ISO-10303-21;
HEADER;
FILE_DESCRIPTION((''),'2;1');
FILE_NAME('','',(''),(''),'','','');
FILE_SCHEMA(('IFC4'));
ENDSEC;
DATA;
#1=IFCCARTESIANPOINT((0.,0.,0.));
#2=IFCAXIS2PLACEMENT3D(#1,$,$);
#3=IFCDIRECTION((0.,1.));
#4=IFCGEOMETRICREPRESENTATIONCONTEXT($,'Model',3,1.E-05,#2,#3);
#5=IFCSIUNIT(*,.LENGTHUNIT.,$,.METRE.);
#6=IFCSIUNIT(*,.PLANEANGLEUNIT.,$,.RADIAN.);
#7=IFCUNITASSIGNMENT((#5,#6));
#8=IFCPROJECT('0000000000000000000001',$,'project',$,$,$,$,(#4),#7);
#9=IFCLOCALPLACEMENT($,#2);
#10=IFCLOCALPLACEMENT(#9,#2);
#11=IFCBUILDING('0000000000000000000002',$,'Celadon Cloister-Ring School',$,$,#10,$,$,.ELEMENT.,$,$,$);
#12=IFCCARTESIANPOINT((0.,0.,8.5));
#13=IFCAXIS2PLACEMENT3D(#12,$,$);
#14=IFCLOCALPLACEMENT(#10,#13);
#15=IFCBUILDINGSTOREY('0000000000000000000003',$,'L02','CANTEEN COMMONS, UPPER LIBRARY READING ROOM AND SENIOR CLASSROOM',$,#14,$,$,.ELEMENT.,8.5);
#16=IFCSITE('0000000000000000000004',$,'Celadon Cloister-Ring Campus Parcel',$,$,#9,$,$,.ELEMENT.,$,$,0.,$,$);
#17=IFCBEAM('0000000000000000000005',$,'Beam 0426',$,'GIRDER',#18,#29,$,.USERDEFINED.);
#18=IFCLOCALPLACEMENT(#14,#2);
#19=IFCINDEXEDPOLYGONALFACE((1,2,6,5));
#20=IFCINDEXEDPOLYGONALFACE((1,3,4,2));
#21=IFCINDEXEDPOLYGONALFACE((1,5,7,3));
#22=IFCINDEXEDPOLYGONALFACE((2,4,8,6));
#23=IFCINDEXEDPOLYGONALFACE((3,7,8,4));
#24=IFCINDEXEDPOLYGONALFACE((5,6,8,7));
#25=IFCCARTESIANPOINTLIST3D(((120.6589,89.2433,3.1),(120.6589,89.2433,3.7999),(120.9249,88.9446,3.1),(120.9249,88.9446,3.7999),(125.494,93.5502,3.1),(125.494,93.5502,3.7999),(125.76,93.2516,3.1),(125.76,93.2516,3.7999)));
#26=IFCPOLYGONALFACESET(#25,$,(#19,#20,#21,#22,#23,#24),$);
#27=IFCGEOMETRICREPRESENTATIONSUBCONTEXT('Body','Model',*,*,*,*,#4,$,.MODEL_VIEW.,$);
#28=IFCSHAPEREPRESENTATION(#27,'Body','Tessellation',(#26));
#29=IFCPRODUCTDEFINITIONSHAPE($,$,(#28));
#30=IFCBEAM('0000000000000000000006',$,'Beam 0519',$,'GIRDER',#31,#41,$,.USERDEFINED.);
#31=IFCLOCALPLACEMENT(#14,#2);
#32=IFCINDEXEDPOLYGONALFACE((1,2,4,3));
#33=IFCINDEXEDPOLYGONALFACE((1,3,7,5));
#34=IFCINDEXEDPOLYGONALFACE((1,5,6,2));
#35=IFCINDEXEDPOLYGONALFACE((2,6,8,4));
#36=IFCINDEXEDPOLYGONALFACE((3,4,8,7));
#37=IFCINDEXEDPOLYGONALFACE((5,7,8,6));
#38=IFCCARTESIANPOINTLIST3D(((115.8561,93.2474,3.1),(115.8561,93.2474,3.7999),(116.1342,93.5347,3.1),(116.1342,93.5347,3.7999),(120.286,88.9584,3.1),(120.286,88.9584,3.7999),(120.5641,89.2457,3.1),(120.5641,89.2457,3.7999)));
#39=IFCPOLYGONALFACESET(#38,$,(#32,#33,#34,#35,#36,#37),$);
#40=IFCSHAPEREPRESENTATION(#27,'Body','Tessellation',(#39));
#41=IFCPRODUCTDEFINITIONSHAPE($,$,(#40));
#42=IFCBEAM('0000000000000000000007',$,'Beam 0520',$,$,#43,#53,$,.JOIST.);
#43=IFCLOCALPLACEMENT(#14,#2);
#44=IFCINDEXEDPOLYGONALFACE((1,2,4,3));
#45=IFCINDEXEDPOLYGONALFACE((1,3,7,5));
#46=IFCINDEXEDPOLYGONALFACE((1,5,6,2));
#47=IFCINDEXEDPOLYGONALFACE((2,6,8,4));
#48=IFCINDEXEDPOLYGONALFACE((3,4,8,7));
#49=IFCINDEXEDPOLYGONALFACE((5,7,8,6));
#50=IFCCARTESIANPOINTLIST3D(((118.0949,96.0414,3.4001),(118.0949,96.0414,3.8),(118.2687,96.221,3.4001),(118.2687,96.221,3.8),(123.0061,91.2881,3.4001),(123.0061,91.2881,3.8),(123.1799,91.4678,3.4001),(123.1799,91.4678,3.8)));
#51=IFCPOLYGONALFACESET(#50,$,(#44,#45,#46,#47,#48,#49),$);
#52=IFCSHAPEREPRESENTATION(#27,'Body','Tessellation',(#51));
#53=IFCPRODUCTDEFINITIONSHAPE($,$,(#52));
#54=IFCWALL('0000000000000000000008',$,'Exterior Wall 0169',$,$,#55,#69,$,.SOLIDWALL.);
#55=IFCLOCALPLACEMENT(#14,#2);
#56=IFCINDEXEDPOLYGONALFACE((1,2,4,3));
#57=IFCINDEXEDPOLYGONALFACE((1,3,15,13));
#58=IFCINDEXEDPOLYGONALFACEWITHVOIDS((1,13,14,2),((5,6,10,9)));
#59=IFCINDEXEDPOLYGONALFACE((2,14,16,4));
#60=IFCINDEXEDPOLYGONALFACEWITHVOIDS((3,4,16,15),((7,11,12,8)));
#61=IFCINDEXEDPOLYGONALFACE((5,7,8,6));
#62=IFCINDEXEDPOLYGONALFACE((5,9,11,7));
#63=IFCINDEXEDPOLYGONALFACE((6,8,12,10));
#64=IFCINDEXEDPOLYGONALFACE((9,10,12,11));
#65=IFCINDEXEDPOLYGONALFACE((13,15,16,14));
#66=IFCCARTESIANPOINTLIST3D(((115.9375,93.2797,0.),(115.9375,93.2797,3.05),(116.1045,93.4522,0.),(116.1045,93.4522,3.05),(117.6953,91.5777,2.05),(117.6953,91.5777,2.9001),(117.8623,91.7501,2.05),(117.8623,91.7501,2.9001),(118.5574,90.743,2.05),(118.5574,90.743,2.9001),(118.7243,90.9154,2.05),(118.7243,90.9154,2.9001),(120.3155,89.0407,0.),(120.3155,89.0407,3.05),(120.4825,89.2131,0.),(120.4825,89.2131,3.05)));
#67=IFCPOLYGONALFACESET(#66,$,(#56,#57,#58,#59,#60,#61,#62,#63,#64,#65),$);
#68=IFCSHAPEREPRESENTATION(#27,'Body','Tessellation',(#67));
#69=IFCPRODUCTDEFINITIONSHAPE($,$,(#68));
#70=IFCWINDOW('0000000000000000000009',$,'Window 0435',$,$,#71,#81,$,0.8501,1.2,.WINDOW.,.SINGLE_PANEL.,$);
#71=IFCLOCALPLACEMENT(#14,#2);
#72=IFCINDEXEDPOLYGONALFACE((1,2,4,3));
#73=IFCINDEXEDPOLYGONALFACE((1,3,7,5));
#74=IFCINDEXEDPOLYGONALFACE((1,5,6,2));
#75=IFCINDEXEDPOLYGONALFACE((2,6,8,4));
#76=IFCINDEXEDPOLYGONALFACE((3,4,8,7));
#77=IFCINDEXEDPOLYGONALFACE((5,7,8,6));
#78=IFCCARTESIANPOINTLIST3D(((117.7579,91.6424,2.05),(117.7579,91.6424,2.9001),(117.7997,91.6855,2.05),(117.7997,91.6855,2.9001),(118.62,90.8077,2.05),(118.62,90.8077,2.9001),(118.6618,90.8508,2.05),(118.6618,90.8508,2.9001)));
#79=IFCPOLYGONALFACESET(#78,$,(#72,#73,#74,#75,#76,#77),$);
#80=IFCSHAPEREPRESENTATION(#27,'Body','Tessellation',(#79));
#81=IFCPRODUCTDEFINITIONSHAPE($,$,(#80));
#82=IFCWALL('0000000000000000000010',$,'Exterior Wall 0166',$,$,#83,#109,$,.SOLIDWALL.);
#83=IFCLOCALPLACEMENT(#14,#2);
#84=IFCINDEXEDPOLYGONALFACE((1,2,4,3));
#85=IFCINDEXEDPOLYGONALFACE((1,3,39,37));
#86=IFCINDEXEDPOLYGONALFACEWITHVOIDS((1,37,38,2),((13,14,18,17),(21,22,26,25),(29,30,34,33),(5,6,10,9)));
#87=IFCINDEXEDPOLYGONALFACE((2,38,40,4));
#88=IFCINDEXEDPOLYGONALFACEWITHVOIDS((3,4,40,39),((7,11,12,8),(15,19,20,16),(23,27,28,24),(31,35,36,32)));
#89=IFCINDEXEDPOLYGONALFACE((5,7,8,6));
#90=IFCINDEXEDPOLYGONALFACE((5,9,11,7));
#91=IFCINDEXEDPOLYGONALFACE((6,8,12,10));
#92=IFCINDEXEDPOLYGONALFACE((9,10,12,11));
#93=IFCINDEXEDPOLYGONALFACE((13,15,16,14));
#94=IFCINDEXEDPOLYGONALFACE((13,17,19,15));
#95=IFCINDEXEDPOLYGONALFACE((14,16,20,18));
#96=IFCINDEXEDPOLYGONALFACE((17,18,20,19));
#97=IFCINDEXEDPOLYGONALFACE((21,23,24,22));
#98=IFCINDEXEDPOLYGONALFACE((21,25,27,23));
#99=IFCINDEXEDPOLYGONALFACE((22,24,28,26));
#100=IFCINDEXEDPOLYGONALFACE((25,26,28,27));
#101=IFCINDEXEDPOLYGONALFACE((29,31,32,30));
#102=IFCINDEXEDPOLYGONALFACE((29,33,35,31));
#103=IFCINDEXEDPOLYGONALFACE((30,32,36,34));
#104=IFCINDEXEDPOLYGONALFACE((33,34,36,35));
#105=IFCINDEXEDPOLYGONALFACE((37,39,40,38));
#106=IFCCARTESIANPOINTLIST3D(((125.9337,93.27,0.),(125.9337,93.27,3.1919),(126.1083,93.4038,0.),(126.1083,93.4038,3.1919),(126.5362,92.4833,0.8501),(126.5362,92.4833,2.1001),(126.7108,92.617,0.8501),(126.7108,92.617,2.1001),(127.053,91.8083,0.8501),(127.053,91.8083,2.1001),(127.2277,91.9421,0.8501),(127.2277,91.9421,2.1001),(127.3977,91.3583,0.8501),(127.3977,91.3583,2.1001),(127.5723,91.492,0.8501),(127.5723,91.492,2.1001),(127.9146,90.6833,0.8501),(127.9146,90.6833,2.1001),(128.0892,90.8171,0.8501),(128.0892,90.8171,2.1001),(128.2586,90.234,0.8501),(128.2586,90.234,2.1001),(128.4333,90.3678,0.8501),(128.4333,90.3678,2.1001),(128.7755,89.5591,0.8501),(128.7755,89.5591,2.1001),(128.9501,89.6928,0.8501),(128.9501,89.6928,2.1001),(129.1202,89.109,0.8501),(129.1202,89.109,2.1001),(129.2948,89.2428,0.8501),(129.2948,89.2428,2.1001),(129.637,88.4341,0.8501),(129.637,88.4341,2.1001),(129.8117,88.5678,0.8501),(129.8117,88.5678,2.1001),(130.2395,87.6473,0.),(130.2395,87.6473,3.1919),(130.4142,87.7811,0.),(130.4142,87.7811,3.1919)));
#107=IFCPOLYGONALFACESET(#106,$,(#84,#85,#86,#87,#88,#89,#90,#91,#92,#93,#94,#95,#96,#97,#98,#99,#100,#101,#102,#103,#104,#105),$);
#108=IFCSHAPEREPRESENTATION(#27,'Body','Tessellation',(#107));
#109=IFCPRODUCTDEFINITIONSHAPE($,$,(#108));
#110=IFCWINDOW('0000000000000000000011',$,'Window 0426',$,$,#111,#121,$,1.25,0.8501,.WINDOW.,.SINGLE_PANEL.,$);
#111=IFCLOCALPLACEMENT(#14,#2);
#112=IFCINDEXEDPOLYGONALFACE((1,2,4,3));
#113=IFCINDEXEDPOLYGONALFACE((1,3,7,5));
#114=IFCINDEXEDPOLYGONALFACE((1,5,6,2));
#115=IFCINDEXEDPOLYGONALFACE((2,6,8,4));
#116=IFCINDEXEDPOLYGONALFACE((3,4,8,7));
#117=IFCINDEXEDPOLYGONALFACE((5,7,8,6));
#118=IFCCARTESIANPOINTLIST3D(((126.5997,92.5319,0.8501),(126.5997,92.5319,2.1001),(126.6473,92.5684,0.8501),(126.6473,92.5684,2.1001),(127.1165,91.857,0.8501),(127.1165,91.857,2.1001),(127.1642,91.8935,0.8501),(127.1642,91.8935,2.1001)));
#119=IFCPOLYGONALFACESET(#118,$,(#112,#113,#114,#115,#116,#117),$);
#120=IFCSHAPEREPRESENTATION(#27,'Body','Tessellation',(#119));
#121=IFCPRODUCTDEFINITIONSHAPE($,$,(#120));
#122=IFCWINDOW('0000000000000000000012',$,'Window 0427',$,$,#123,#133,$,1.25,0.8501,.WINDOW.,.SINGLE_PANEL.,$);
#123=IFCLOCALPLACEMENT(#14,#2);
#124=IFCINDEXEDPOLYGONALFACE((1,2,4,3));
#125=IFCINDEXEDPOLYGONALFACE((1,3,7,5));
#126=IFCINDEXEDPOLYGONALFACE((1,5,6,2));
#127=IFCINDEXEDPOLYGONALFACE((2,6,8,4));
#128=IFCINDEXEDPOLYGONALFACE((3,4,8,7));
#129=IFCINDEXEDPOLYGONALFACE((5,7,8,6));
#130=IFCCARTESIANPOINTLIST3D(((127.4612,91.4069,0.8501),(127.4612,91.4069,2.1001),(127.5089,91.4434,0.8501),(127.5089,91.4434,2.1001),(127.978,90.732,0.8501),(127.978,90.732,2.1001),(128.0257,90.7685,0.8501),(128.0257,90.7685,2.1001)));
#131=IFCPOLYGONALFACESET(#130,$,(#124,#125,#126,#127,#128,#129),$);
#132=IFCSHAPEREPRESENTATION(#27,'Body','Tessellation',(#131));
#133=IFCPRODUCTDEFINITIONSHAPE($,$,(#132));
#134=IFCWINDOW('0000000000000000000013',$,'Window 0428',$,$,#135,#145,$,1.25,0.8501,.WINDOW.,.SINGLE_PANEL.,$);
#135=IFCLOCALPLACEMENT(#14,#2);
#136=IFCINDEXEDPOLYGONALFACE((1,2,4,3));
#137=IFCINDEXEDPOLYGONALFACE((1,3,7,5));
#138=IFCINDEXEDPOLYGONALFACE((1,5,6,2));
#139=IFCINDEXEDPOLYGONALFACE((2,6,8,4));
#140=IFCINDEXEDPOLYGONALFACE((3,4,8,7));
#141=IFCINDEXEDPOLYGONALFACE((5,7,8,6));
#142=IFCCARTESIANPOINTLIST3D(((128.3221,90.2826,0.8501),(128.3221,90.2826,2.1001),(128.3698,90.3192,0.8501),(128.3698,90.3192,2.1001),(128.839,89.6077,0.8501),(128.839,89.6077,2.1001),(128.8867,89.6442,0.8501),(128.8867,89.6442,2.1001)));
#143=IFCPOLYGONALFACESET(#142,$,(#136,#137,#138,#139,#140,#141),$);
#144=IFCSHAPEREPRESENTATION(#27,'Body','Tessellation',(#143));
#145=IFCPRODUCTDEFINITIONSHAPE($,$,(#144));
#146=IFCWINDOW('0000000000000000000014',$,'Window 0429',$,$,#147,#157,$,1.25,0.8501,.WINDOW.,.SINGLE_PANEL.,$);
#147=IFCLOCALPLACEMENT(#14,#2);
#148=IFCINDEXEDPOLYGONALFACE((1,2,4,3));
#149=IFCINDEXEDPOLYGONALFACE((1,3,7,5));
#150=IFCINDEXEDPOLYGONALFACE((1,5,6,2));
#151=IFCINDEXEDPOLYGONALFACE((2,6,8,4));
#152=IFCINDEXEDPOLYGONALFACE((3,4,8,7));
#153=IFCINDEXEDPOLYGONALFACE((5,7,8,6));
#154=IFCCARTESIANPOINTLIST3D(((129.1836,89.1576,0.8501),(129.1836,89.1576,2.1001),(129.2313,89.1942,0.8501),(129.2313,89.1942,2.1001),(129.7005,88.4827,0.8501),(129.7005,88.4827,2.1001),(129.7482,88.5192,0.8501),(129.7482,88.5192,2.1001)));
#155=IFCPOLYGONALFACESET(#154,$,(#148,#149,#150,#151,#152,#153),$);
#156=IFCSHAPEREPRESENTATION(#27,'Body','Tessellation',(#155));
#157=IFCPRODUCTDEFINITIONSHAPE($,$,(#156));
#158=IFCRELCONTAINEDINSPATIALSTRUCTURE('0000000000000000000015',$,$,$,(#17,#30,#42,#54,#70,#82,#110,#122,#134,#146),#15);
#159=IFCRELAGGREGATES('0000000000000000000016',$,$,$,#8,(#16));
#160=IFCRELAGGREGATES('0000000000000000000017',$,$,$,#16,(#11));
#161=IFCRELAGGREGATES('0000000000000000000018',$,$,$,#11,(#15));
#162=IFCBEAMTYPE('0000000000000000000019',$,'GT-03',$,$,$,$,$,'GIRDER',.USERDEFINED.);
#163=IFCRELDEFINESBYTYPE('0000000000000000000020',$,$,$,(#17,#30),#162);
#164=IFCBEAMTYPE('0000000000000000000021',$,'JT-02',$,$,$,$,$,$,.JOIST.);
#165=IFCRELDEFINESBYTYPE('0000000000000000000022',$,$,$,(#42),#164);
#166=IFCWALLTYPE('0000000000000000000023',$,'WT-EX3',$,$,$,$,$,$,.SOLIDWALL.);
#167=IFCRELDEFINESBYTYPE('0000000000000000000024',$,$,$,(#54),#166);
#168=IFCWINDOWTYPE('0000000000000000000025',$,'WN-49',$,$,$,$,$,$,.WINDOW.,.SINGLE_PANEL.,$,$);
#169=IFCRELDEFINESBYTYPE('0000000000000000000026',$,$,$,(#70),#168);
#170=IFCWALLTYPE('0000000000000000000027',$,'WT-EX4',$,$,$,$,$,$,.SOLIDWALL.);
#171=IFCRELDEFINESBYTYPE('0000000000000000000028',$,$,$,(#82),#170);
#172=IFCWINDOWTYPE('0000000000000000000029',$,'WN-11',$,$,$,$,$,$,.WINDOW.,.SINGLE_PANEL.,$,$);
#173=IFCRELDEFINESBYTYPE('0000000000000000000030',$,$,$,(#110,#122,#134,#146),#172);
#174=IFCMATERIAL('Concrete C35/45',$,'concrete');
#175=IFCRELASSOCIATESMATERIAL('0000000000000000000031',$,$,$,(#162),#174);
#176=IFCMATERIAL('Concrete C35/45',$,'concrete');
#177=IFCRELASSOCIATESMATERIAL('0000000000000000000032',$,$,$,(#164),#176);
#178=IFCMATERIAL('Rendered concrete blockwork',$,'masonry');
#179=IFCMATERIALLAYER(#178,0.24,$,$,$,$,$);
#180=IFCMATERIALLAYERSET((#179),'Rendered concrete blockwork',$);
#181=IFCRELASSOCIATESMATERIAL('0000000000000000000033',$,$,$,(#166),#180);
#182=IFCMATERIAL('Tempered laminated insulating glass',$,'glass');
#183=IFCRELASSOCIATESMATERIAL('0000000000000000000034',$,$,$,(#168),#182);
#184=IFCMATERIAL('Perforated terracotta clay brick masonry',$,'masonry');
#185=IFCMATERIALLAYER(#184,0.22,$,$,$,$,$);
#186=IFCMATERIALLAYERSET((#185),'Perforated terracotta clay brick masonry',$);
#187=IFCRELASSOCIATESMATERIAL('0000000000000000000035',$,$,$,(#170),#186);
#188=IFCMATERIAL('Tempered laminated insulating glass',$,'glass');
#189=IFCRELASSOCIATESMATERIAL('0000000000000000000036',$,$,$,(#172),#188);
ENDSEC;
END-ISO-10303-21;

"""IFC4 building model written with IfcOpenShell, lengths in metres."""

from ifc_helpers import new_model, si_unit, direction, frame, frame_2d, origin, origin_2d, place, context, subcontext, project, spatial, rectangle, extrude, material, layer, layer_set, material_profile, profile_set, type_object, element, fill, save


model = new_model("IFC4")

# Units and contexts
model_context = context("Model", 3, precision=1e-05, world=origin(), true_north=direction((0.0, 1.0)))
body_context = subcontext(model_context, "Body", "Model", "MODEL_VIEW")
ifc_project = project(units=[si_unit("LENGTHUNIT", "METRE"), si_unit("PLANEANGLEUNIT", "RADIAN")], contexts=[model_context])

# Site, building, storey
site_placement = place(None, origin())
site = spatial("IfcSite", under=ifc_project, at=site_placement, Name="Celadon Cloister-Ring Campus Parcel", CompositionType="ELEMENT", RefElevation=0.0)
building_placement = place(site_placement, origin())
building = spatial("IfcBuilding", under=site, at=building_placement, Name="Celadon Cloister-Ring School", CompositionType="ELEMENT")
storey_placement = place(building_placement, frame((0.0, 0.0, 8.5)))
storey = spatial("IfcBuildingStorey", under=building, at=storey_placement, Name="L02", Description="CANTEEN COMMONS, UPPER LIBRARY READING ROOM AND SENIOR CLASSROOM", CompositionType="ELEMENT", Elevation=8.5)

# Beams
ifc_material_1 = material(Name="Concrete C35/45", Category="concrete")
ifc_material_profile_1 = material_profile(ifc_material_1, rectangle(XDim=0.3999, YDim=0.7, at=origin_2d()), Name="RC400X700")
ifc_profile_set_1 = profile_set([ifc_material_profile_1], Name="Concrete C35/45")
beam_type_1 = type_object("IfcBeamType", Name="GT-03", ElementType="GIRDER", PredefinedType="USERDEFINED", material=ifc_profile_set_1)
beam_1_placement = place(storey_placement, frame((125.627, 93.4009, 3.45), z_axis=(-0.746708, -0.665152, 0.0), x_axis=(0.665152, -0.746708, 0.0)))
element("IfcBeam", 1, at=beam_1_placement, inside=storey, type_object=beam_type_1, Name="Beam 0426", ObjectType="GIRDER", PredefinedType="USERDEFINED", context=body_context, shape_type="SweptSolid", body=[
    extrude(rectangle(XDim=0.3999, YDim=0.7, at=origin_2d()), origin(), (0.0, 0.0, 1.0), 6.4751),
])
beam_2_placement = place(storey_placement, frame((120.425, 89.1021, 3.45), z_axis=(-0.718437, 0.695592, 0.0), x_axis=(-0.695592, -0.718437, 0.0)))
element("IfcBeam", 2, at=beam_2_placement, inside=storey, type_object=beam_type_1, Name="Beam 0519", ObjectType="GIRDER", PredefinedType="USERDEFINED", context=body_context, shape_type="SweptSolid", body=[
    extrude(rectangle(XDim=0.3999, YDim=0.7, at=origin_2d()), origin(), (0.0, 0.0, 1.0), 6.166),
])
ifc_material_2 = material(Name="Concrete C35/45", Category="concrete")
ifc_material_profile_2 = material_profile(ifc_material_2, rectangle(XDim=0.25, YDim=0.3999, at=origin_2d()), Name="RC250X400")
ifc_profile_set_2 = profile_set([ifc_material_profile_2], Name="Concrete C35/45")
beam_type_2 = type_object("IfcBeamType", Name="JT-02", PredefinedType="JOIST", material=ifc_profile_set_2)
beam_3_placement = place(storey_placement, frame((123.093, 91.3779, 3.6001), z_axis=(-0.718568, 0.695457, 0.0), x_axis=(-0.695457, -0.718568, 0.0)))
element("IfcBeam", 3, at=beam_3_placement, inside=storey, type_object=beam_type_2, Name="Beam 0520", PredefinedType="JOIST", context=body_context, shape_type="SweptSolid", body=[
    extrude(rectangle(XDim=0.25, YDim=0.3999, at=origin_2d()), origin(), (0.0, 0.0, 1.0), 6.8347),
])

# Wall, opening, window
ifc_material_3 = material(Name="Rendered concrete blockwork", Category="masonry")
ifc_layer_1 = layer(ifc_material_3, 0.24)
ifc_layer_set_1 = layer_set([ifc_layer_1], Name="Rendered concrete blockwork")
wall_type_1 = type_object("IfcWallType", Name="WT-EX3", PredefinedType="SOLIDWALL", material=ifc_layer_set_1)
wall_1_placement = place(storey_placement, frame((120.3989, 89.127, 0.0), z_axis=(0.0, 0.0, 1.0), x_axis=(-0.718413, 0.695617, 0.0)))
wall_1 = element("IfcWall", 4, at=wall_1_placement, inside=storey, type_object=wall_type_1, Name="Exterior Wall 0169", PredefinedType="SOLIDWALL", context=body_context, shape_type="SweptSolid", body=[
    extrude(rectangle(XDim=6.094, YDim=0.24, at=frame_2d((3.0469, 0.0))), origin(), (0.0, 0.0, 1.0), 3.05),
])
opening_1_placement = place(wall_1_placement, frame((2.447, 0.0, 2.05)))
opening_1 = element("IfcOpeningElement", 5, at=opening_1_placement, cuts=wall_1, PredefinedType="OPENING", context=body_context, shape_type="SweptSolid", body=[
    extrude(rectangle(XDim=1.2, YDim=0.8501, at=frame_2d((0.6001, 0.425))), frame((0.0, 0.1299, 0.0), z_axis=(0.0, -1.0, 0.0), x_axis=(1.0, 0.0, 0.0)), (0.0, 0.0, 1.0), 0.26),
])
ifc_material_4 = material(Name="Tempered laminated insulating glass", Category="glass")
window_type_1 = type_object("IfcWindowType", Name="WN-49", PartitioningType="SINGLE_PANEL", PredefinedType="WINDOW", material=ifc_material_4)
window_1_placement = place(opening_1_placement, origin())
window_1 = element("IfcWindow", 6, at=window_1_placement, inside=storey, type_object=window_type_1, Name="Window 0435", OverallHeight=0.8501, OverallWidth=1.2, PartitioningType="SINGLE_PANEL", PredefinedType="WINDOW", context=body_context, shape_type="SweptSolid", body=[
    extrude(rectangle(XDim=1.2, YDim=0.8501, at=frame_2d((0.6001, 0.425))), frame((0.0, 0.03, 0.0), z_axis=(0.0, -1.0, 0.0), x_axis=(1.0, 0.0, 0.0)), (0.0, 0.0, 1.0), 0.0601),
])
fill(opening_1, window_1)

# Wall, openings, windows
ifc_material_5 = material(Name="Perforated terracotta clay brick masonry", Category="masonry")
ifc_layer_2 = layer(ifc_material_5, 0.22)
ifc_layer_set_2 = layer_set([ifc_layer_2], Name="Perforated terracotta clay brick masonry")
wall_type_2 = type_object("IfcWallType", Name="WT-EX4", PredefinedType="SOLIDWALL", material=ifc_layer_set_2)
wall_2_placement = place(storey_placement, frame((126.021, 93.3369, 0.0), z_axis=(0.0, 0.0, 1.0), x_axis=(0.607995, -0.793941, 0.0)))
wall_2 = element("IfcWall", 7, at=wall_2_placement, inside=storey, type_object=wall_type_2, Name="Exterior Wall 0166", PredefinedType="SOLIDWALL", context=body_context, shape_type="SweptSolid", body=[
    extrude(rectangle(XDim=7.082, YDim=0.22, at=frame_2d((3.541, 0.0))), origin(), (0.0, 0.0, 1.0), 3.1919),
])
opening_2_placement = place(wall_2_placement, frame((0.991, 0.0, 0.8501)))
opening_2 = element("IfcOpeningElement", 8, at=opening_2_placement, cuts=wall_2, PredefinedType="OPENING", context=body_context, shape_type="SweptSolid", body=[
    extrude(rectangle(XDim=0.8501, YDim=1.25, at=frame_2d((0.425, 0.625))), frame((0.0, 0.1201, 0.0), z_axis=(0.0, -1.0, 0.0), x_axis=(1.0, 0.0, 0.0)), (0.0, 0.0, 1.0), 0.24),
])
opening_3_placement = place(wall_2_placement, frame((2.408, 0.0, 0.8501)))
opening_3 = element("IfcOpeningElement", 9, at=opening_3_placement, cuts=wall_2, PredefinedType="OPENING", context=body_context, shape_type="SweptSolid", body=[
    extrude(rectangle(XDim=0.8501, YDim=1.25, at=frame_2d((0.425, 0.625))), frame((0.0, 0.1201, 0.0), z_axis=(0.0, -1.0, 0.0), x_axis=(1.0, 0.0, 0.0)), (0.0, 0.0, 1.0), 0.24),
])
opening_4_placement = place(wall_2_placement, frame((3.824, 0.0, 0.8501)))
opening_4 = element("IfcOpeningElement", 10, at=opening_4_placement, cuts=wall_2, PredefinedType="OPENING", context=body_context, shape_type="SweptSolid", body=[
    extrude(rectangle(XDim=0.8501, YDim=1.25, at=frame_2d((0.425, 0.625))), frame((0.0, 0.1201, 0.0), z_axis=(0.0, -1.0, 0.0), x_axis=(1.0, 0.0, 0.0)), (0.0, 0.0, 1.0), 0.24),
])
opening_5_placement = place(wall_2_placement, frame((5.241, 0.0, 0.8501)))
opening_5 = element("IfcOpeningElement", 11, at=opening_5_placement, cuts=wall_2, PredefinedType="OPENING", context=body_context, shape_type="SweptSolid", body=[
    extrude(rectangle(XDim=0.8501, YDim=1.25, at=frame_2d((0.425, 0.625))), frame((0.0, 0.1201, 0.0), z_axis=(0.0, -1.0, 0.0), x_axis=(1.0, 0.0, 0.0)), (0.0, 0.0, 1.0), 0.24),
])
ifc_material_6 = material(Name="Tempered laminated insulating glass", Category="glass")
window_type_2 = type_object("IfcWindowType", Name="WN-11", PartitioningType="SINGLE_PANEL", PredefinedType="WINDOW", material=ifc_material_6)
window_2_placement = place(opening_2_placement, origin())
window_2 = element("IfcWindow", 12, at=window_2_placement, inside=storey, type_object=window_type_2, Name="Window 0426", OverallHeight=1.25, OverallWidth=0.8501, PartitioningType="SINGLE_PANEL", PredefinedType="WINDOW", context=body_context, shape_type="SweptSolid", body=[
    extrude(rectangle(XDim=0.8501, YDim=1.25, at=frame_2d((0.425, 0.625))), frame((0.0, 0.03, 0.0), z_axis=(0.0, -1.0, 0.0), x_axis=(1.0, 0.0, 0.0)), (0.0, 0.0, 1.0), 0.0601),
])
fill(opening_2, window_2)
window_3_placement = place(opening_3_placement, origin())
window_3 = element("IfcWindow", 13, at=window_3_placement, inside=storey, type_object=window_type_2, Name="Window 0427", OverallHeight=1.25, OverallWidth=0.8501, PartitioningType="SINGLE_PANEL", PredefinedType="WINDOW", context=body_context, shape_type="SweptSolid", body=[
    extrude(rectangle(XDim=0.8501, YDim=1.25, at=frame_2d((0.425, 0.625))), frame((0.0, 0.03, 0.0), z_axis=(0.0, -1.0, 0.0), x_axis=(1.0, 0.0, 0.0)), (0.0, 0.0, 1.0), 0.0601),
])
fill(opening_3, window_3)
window_4_placement = place(opening_4_placement, origin())
window_4 = element("IfcWindow", 14, at=window_4_placement, inside=storey, type_object=window_type_2, Name="Window 0428", OverallHeight=1.25, OverallWidth=0.8501, PartitioningType="SINGLE_PANEL", PredefinedType="WINDOW", context=body_context, shape_type="SweptSolid", body=[
    extrude(rectangle(XDim=0.8501, YDim=1.25, at=frame_2d((0.425, 0.625))), frame((0.0, 0.03, 0.0), z_axis=(0.0, -1.0, 0.0), x_axis=(1.0, 0.0, 0.0)), (0.0, 0.0, 1.0), 0.0601),
])
fill(opening_4, window_4)
window_5_placement = place(opening_5_placement, origin())
window_5 = element("IfcWindow", 15, at=window_5_placement, inside=storey, type_object=window_type_2, Name="Window 0429", OverallHeight=1.25, OverallWidth=0.8501, PartitioningType="SINGLE_PANEL", PredefinedType="WINDOW", context=body_context, shape_type="SweptSolid", body=[
    extrude(rectangle(XDim=0.8501, YDim=1.25, at=frame_2d((0.425, 0.625))), frame((0.0, 0.03, 0.0), z_axis=(0.0, -1.0, 0.0), x_axis=(1.0, 0.0, 0.0)), (0.0, 0.0, 1.0), 0.0601),
])
fill(opening_5, window_5)

save(model, "model.ifc")
